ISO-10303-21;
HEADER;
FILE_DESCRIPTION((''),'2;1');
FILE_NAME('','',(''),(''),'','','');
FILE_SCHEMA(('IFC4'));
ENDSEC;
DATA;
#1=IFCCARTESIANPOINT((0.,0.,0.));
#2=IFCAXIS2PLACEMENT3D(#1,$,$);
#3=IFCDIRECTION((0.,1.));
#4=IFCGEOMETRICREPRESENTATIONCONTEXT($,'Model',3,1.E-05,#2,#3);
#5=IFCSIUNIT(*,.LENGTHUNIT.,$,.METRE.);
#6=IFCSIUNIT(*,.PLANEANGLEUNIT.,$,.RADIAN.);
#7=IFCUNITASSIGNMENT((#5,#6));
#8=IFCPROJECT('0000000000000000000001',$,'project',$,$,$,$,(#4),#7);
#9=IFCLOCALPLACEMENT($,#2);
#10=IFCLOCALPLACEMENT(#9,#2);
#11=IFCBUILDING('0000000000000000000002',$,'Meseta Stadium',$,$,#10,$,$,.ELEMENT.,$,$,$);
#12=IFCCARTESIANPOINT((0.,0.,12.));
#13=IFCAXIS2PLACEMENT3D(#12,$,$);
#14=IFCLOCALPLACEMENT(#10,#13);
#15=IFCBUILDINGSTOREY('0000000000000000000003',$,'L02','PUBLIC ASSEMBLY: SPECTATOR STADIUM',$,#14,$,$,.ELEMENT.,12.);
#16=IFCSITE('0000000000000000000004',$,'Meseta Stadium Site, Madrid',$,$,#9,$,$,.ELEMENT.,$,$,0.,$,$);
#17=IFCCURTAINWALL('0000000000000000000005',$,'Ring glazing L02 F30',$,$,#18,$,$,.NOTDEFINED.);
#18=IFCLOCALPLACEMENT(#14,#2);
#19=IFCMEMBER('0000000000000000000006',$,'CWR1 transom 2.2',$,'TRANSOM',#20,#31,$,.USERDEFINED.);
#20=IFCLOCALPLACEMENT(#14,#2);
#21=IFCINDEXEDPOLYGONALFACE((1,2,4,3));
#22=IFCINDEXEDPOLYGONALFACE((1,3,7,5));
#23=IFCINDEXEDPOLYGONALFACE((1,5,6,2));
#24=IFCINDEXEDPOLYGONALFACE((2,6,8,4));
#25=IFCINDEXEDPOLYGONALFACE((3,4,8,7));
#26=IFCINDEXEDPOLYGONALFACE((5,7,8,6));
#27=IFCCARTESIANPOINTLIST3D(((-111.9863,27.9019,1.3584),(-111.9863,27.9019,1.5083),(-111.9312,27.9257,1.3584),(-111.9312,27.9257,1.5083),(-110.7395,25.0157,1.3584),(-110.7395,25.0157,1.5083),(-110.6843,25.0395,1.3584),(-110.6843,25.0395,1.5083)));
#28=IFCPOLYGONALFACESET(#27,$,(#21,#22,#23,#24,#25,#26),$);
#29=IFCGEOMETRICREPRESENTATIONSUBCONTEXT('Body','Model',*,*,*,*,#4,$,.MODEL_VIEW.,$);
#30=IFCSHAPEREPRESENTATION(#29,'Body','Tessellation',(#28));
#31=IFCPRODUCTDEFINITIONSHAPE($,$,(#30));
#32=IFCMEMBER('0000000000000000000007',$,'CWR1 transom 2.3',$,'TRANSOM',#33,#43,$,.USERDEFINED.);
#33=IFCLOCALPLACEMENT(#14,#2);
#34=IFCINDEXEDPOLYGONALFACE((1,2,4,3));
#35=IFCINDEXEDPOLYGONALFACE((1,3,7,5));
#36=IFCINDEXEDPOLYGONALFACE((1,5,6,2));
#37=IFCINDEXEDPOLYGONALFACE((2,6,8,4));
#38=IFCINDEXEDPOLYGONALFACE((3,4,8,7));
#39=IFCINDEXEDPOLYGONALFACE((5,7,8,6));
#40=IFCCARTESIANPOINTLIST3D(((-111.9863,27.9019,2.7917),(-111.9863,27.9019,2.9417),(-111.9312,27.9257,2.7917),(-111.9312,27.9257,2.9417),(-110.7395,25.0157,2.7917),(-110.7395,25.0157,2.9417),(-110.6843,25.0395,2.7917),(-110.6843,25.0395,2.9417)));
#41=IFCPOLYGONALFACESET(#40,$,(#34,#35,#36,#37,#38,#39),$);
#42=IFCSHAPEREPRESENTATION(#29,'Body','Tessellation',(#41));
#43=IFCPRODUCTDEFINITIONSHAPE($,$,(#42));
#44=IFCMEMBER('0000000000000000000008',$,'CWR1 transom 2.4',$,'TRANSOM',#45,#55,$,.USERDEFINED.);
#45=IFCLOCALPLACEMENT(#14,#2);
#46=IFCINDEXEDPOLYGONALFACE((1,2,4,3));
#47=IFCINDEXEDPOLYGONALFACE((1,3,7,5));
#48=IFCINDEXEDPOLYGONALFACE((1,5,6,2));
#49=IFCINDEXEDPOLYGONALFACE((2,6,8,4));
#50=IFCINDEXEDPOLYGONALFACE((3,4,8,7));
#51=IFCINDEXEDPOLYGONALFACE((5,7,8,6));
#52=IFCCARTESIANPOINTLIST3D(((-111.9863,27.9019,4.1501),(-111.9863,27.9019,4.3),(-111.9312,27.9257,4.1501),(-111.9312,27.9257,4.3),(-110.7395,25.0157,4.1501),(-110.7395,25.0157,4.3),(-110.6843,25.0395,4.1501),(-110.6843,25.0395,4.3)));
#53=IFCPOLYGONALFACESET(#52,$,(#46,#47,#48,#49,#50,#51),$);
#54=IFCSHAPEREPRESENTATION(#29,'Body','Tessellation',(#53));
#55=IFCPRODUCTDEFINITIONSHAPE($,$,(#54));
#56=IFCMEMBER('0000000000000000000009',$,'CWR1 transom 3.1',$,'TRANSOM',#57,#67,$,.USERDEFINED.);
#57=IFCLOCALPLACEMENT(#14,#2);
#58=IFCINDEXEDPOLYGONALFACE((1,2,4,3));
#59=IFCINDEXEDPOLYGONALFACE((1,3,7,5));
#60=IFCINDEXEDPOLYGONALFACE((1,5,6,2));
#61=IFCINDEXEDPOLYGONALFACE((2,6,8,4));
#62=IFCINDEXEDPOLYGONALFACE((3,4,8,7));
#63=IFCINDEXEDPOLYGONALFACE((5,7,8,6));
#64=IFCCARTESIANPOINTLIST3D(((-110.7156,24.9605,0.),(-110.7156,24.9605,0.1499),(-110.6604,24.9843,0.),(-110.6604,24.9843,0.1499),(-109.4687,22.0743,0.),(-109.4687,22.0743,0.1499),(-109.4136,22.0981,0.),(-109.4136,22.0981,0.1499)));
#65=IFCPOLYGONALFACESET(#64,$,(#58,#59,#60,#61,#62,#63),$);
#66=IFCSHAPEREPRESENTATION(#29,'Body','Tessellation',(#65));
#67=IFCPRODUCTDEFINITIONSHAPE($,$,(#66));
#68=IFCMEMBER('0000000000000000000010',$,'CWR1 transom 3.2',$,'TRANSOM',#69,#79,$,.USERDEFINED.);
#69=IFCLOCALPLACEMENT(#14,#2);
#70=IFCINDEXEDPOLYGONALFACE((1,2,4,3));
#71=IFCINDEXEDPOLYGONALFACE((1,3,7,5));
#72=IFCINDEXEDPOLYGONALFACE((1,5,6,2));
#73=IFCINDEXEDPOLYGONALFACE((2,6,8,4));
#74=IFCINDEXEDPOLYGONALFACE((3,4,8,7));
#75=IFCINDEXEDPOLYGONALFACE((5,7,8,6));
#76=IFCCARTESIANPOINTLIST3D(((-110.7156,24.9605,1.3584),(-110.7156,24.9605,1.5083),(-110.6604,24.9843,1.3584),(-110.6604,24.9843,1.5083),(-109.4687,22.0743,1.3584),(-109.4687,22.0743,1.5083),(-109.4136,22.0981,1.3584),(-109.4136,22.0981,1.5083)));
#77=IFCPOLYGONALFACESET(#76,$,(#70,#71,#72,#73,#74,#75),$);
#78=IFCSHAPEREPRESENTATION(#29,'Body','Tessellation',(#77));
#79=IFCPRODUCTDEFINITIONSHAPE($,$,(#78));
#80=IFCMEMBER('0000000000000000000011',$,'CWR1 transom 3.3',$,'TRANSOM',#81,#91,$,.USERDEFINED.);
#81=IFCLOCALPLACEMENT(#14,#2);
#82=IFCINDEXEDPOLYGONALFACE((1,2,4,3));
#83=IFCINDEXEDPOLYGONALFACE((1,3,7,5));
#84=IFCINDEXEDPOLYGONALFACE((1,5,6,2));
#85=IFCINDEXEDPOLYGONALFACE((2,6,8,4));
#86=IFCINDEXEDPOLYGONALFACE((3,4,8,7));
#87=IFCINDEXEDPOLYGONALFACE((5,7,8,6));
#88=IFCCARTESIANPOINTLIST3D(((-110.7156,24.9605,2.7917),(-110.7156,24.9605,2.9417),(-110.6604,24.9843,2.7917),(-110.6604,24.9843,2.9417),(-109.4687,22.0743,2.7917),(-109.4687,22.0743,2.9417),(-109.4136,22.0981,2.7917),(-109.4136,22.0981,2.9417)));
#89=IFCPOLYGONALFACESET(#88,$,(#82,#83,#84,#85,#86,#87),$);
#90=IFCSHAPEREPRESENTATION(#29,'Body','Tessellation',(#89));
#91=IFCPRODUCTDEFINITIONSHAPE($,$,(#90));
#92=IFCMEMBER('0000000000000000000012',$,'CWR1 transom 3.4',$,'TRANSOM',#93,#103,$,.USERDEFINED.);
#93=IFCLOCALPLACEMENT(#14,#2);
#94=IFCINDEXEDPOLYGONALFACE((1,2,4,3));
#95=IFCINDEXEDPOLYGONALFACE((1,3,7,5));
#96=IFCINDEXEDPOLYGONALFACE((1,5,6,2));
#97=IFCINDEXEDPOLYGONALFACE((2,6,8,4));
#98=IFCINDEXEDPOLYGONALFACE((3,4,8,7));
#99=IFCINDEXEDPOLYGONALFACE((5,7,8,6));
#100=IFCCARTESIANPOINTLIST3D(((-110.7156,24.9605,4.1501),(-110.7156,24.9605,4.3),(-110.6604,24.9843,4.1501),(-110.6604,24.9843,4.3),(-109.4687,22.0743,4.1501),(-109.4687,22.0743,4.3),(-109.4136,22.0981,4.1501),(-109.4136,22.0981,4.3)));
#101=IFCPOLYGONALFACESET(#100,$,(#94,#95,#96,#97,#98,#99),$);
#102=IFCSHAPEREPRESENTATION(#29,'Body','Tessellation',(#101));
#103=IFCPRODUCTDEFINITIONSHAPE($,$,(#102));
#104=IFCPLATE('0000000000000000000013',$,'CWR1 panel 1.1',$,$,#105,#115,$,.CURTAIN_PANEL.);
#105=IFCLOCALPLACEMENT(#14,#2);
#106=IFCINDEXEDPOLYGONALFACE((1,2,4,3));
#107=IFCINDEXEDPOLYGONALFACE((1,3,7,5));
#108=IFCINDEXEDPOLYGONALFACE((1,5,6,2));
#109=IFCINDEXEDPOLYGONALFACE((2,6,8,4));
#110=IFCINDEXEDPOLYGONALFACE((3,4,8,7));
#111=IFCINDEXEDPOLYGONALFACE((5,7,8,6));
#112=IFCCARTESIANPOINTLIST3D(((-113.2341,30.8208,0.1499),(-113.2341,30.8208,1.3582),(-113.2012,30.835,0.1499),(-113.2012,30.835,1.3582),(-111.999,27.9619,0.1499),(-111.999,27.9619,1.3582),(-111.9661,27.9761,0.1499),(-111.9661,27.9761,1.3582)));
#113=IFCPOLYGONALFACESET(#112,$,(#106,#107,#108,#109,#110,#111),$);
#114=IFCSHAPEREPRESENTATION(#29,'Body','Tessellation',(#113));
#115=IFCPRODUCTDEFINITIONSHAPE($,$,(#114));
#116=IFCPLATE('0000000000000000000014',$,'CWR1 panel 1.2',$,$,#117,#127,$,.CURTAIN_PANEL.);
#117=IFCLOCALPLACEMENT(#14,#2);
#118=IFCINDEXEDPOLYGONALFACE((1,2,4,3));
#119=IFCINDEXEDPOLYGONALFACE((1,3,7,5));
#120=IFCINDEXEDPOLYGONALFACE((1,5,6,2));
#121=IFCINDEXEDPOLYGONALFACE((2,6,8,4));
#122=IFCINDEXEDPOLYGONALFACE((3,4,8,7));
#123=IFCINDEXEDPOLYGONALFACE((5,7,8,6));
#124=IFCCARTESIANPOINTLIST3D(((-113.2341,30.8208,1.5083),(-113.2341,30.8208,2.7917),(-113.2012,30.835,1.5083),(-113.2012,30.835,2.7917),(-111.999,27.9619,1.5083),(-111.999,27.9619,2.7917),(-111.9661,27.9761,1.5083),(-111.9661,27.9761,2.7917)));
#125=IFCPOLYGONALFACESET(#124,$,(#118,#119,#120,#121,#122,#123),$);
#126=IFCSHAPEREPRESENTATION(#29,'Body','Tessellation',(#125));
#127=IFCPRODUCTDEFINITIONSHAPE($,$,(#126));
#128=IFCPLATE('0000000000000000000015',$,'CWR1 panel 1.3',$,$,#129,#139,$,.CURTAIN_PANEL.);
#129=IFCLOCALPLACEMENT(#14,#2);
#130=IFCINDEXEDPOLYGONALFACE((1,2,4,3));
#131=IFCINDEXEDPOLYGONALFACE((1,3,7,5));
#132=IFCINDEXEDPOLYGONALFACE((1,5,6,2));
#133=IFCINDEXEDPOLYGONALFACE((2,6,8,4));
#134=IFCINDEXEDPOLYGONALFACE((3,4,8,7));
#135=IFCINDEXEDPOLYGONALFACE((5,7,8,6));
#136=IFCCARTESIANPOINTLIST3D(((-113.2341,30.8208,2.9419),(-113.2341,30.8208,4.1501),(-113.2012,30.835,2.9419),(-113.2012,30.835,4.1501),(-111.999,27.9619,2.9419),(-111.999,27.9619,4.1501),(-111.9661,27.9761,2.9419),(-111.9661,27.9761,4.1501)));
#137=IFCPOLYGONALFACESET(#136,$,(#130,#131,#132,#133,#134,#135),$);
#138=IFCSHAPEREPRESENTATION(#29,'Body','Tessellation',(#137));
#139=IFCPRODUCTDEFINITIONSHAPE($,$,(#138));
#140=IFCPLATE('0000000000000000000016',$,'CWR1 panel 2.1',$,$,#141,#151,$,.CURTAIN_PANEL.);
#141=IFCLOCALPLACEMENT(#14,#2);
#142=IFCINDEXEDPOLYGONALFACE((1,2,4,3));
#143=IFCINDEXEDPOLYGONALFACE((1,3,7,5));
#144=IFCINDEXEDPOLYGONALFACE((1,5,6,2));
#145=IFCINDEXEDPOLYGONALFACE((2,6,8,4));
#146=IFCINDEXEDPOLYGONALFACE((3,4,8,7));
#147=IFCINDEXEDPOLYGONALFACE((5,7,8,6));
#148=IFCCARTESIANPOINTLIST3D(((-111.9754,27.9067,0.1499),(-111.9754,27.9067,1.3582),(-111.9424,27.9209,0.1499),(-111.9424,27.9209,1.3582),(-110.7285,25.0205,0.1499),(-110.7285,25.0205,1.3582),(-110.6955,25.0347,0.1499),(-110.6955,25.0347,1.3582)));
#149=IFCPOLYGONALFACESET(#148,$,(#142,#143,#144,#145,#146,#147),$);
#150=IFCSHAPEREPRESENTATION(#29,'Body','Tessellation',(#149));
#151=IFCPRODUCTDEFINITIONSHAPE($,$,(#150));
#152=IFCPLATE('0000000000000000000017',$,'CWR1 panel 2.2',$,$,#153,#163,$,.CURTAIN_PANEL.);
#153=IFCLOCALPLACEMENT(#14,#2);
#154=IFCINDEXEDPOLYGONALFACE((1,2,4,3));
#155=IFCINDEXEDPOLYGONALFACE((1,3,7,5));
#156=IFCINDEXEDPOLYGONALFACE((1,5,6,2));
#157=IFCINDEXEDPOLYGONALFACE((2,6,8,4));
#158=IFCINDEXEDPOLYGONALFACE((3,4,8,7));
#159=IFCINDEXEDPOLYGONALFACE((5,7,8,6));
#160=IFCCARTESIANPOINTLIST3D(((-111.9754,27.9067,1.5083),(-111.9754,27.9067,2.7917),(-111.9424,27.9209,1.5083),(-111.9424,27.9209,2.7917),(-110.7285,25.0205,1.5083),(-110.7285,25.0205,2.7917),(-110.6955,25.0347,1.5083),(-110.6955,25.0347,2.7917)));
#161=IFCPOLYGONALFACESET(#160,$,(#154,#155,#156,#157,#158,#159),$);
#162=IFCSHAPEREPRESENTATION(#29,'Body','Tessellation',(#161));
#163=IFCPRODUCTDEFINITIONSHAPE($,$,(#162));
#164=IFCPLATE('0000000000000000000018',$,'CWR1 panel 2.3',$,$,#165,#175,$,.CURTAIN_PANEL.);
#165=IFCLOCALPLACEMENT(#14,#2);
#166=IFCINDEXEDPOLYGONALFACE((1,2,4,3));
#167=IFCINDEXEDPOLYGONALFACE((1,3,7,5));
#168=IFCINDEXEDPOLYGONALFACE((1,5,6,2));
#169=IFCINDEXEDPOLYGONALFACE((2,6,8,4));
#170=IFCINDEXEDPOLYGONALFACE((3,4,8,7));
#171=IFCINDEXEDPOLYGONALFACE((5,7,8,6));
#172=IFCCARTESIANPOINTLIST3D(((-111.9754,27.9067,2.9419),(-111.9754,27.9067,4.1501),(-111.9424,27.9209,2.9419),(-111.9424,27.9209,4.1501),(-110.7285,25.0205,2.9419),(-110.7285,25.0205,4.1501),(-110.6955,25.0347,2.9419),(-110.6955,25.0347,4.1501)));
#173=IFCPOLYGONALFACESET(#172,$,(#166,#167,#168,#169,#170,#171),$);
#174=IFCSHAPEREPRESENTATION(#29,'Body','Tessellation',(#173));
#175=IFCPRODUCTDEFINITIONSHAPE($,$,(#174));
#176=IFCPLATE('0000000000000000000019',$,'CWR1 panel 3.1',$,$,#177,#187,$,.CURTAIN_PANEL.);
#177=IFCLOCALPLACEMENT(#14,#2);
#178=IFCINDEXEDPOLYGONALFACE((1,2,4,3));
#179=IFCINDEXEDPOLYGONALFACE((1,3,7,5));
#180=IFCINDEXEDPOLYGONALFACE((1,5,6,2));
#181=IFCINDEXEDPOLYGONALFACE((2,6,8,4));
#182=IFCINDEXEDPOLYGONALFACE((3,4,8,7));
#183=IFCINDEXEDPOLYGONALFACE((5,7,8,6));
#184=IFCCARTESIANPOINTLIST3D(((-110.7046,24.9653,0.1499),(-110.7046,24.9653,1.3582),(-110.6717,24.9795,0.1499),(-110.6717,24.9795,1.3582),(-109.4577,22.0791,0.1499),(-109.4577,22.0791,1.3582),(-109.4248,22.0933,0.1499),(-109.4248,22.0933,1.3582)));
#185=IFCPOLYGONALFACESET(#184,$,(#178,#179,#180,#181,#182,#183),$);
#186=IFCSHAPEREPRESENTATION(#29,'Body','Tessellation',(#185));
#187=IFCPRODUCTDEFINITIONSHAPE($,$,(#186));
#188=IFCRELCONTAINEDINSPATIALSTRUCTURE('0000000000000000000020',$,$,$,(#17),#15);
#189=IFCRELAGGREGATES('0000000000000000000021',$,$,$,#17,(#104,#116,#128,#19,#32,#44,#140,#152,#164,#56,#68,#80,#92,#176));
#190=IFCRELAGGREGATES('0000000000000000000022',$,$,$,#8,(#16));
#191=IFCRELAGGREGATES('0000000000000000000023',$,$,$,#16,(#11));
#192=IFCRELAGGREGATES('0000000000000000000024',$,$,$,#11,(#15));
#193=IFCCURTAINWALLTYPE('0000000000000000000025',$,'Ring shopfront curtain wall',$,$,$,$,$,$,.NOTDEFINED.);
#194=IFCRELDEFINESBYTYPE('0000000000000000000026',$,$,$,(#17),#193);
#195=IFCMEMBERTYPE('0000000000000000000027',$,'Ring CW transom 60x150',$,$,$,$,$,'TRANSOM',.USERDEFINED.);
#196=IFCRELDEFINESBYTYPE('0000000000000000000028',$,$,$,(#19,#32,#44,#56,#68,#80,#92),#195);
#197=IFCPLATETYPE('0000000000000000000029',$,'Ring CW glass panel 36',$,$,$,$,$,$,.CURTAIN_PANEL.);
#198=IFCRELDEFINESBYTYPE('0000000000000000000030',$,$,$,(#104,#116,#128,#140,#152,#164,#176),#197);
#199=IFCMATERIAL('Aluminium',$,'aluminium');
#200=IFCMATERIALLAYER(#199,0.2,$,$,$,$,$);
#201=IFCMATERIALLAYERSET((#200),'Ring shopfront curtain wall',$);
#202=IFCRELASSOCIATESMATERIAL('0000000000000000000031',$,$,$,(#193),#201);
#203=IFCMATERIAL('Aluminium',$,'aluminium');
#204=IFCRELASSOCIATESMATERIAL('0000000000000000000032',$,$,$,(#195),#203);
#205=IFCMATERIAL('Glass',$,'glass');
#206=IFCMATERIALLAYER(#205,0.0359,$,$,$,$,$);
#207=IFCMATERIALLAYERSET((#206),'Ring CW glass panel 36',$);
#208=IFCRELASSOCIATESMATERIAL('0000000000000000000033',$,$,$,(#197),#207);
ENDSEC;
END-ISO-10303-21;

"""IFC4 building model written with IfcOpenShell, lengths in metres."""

from ifc_helpers import new_model, si_unit, direction, frame, origin, origin_2d, place, context, subcontext, project, spatial, rectangle, extrude, material, layer, layer_set, material_profile, profile_set, type_object, element, aggregate, save


model = new_model("IFC4")

# Units and contexts
model_context = context("Model", 3, precision=1e-05, world=origin(), true_north=direction((0.0, 1.0)))
body_context = subcontext(model_context, "Body", "Model", "MODEL_VIEW")
ifc_project = project(units=[si_unit("LENGTHUNIT", "METRE"), si_unit("PLANEANGLEUNIT", "RADIAN")], contexts=[model_context])

# Site, building, storey
site_placement = place(None, origin())
site = spatial("IfcSite", under=ifc_project, at=site_placement, Name="Meseta Stadium Site, Madrid", CompositionType="ELEMENT", RefElevation=0.0)
building_placement = place(site_placement, origin())
building = spatial("IfcBuilding", under=site, at=building_placement, Name="Meseta Stadium", CompositionType="ELEMENT")
storey_placement = place(building_placement, frame((0.0, 0.0, 12.0)))
storey = spatial("IfcBuildingStorey", under=building, at=storey_placement, Name="L02", Description="PUBLIC ASSEMBLY: SPECTATOR STADIUM", CompositionType="ELEMENT", Elevation=12.0)

# Shared definitions
ifc_material_1 = material(Name="Aluminium", Category="aluminium")
ifc_layer_1 = layer(ifc_material_1, 0.2)
ifc_layer_set_1 = layer_set([ifc_layer_1], Name="Ring shopfront curtain wall")
curtain_wall_type = type_object("IfcCurtainWallType", Name="Ring shopfront curtain wall", PredefinedType="NOTDEFINED", material=ifc_layer_set_1)

# Curtain wall, members, plates
curtain_wall_1_placement = place(storey_placement, origin())
curtain_wall_1 = element("IfcCurtainWall", 1, at=curtain_wall_1_placement, inside=storey, type_object=curtain_wall_type, Name="Ring glazing L02 F30", PredefinedType="NOTDEFINED")
ifc_material_2 = material(Name="Aluminium", Category="aluminium")
ifc_material_profile_1 = material_profile(ifc_material_2, rectangle(XDim=0.0601, YDim=0.1499, at=origin_2d()), Name="CW 60x150")
ifc_profile_set_1 = profile_set([ifc_material_profile_1], Name="Aluminium")
member_type_1 = type_object("IfcMemberType", Name="Ring CW transom 60x150", ElementType="TRANSOM", PredefinedType="USERDEFINED", material=ifc_profile_set_1)
member_1_placement = place(storey_placement, frame((-111.9587, 27.9138, 1.4333), z_axis=(0.39657, -0.918005, 0.0), x_axis=(0.918005, 0.39657, 0.0)))
member_1 = element("IfcMember", 2, at=member_1_placement, type_object=member_type_1, Name="CWR1 transom 2.2", ObjectType="TRANSOM", PredefinedType="USERDEFINED", context=body_context, shape_type="SweptSolid", body=[
    extrude(rectangle(XDim=0.0601, YDim=0.1499, at=origin_2d()), origin(), (0.0, 0.0, 1.0), 3.144),
])
member_2_placement = place(storey_placement, frame((-111.9587, 27.9138, 2.8667), z_axis=(0.39657, -0.918005, 0.0), x_axis=(0.918005, 0.39657, 0.0)))
member_2 = element("IfcMember", 3, at=member_2_placement, type_object=member_type_1, Name="CWR1 transom 2.3", ObjectType="TRANSOM", PredefinedType="USERDEFINED", context=body_context, shape_type="SweptSolid", body=[
    extrude(rectangle(XDim=0.0601, YDim=0.1499, at=origin_2d()), origin(), (0.0, 0.0, 1.0), 3.144),
])
member_3_placement = place(storey_placement, frame((-111.9587, 27.9138, 4.2251), z_axis=(0.39657, -0.918005, 0.0), x_axis=(0.918005, 0.39657, 0.0)))
member_3 = element("IfcMember", 4, at=member_3_placement, type_object=member_type_1, Name="CWR1 transom 2.4", ObjectType="TRANSOM", PredefinedType="USERDEFINED", context=body_context, shape_type="SweptSolid", body=[
    extrude(rectangle(XDim=0.0601, YDim=0.1499, at=origin_2d()), origin(), (0.0, 0.0, 1.0), 3.144),
])
member_4_placement = place(storey_placement, frame((-110.688, 24.9724, 0.075), z_axis=(0.39657, -0.918005, 0.0), x_axis=(0.918005, 0.39657, 0.0)))
member_4 = element("IfcMember", 5, at=member_4_placement, type_object=member_type_1, Name="CWR1 transom 3.1", ObjectType="TRANSOM", PredefinedType="USERDEFINED", context=body_context, shape_type="SweptSolid", body=[
    extrude(rectangle(XDim=0.0601, YDim=0.1499, at=origin_2d()), origin(), (0.0, 0.0, 1.0), 3.144),
])
member_5_placement = place(storey_placement, frame((-110.688, 24.9724, 1.4333), z_axis=(0.39657, -0.918005, 0.0), x_axis=(0.918005, 0.39657, 0.0)))
member_5 = element("IfcMember", 6, at=member_5_placement, type_object=member_type_1, Name="CWR1 transom 3.2", ObjectType="TRANSOM", PredefinedType="USERDEFINED", context=body_context, shape_type="SweptSolid", body=[
    extrude(rectangle(XDim=0.0601, YDim=0.1499, at=origin_2d()), origin(), (0.0, 0.0, 1.0), 3.144),
])
member_6_placement = place(storey_placement, frame((-110.688, 24.9724, 2.8667), z_axis=(0.39657, -0.918005, 0.0), x_axis=(0.918005, 0.39657, 0.0)))
member_6 = element("IfcMember", 7, at=member_6_placement, type_object=member_type_1, Name="CWR1 transom 3.3", ObjectType="TRANSOM", PredefinedType="USERDEFINED", context=body_context, shape_type="SweptSolid", body=[
    extrude(rectangle(XDim=0.0601, YDim=0.1499, at=origin_2d()), origin(), (0.0, 0.0, 1.0), 3.144),
])
member_7_placement = place(storey_placement, frame((-110.688, 24.9724, 4.2251), z_axis=(0.39657, -0.918005, 0.0), x_axis=(0.918005, 0.39657, 0.0)))
member_7 = element("IfcMember", 8, at=member_7_placement, type_object=member_type_1, Name="CWR1 transom 3.4", ObjectType="TRANSOM", PredefinedType="USERDEFINED", context=body_context, shape_type="SweptSolid", body=[
    extrude(rectangle(XDim=0.0601, YDim=0.1499, at=origin_2d()), origin(), (0.0, 0.0, 1.0), 3.144),
])
ifc_material_3 = material(Name="Glass", Category="glass")
ifc_layer_2 = layer(ifc_material_3, 0.0359)
ifc_layer_set_2 = layer_set([ifc_layer_2], Name="Ring CW glass panel 36")
plate_type_1 = type_object("IfcPlateType", Name="Ring CW glass panel 36", PredefinedType="CURTAIN_PANEL", material=ifc_layer_set_2)
plate_1_placement = place(storey_placement, frame((-112.6001, 29.3984, 0.1499), z_axis=(0.0, 0.0, 1.0), x_axis=(0.396581, -0.918, 0.0)))
plate_1 = element("IfcPlate", 9, at=plate_1_placement, type_object=plate_type_1, Name="CWR1 panel 1.1", PredefinedType="CURTAIN_PANEL", context=body_context, shape_type="SweptSolid", body=[
    extrude(rectangle(XDim=3.1143, YDim=0.0359, at=origin_2d()), origin(), (0.0, 0.0, 1.0), 1.2083),
])
plate_2_placement = place(storey_placement, frame((-112.6001, 29.3984, 1.5083), z_axis=(0.0, 0.0, 1.0), x_axis=(0.396581, -0.918, 0.0)))
plate_2 = element("IfcPlate", 10, at=plate_2_placement, type_object=plate_type_1, Name="CWR1 panel 1.2", PredefinedType="CURTAIN_PANEL", context=body_context, shape_type="SweptSolid", body=[
    extrude(rectangle(XDim=3.1143, YDim=0.0359, at=origin_2d()), origin(), (0.0, 0.0, 1.0), 1.2834),
])
plate_3_placement = place(storey_placement, frame((-112.6001, 29.3984, 2.9419), z_axis=(0.0, 0.0, 1.0), x_axis=(0.396581, -0.918, 0.0)))
plate_3 = element("IfcPlate", 11, at=plate_3_placement, type_object=plate_type_1, Name="CWR1 panel 1.3", PredefinedType="CURTAIN_PANEL", context=body_context, shape_type="SweptSolid", body=[
    extrude(rectangle(XDim=3.1143, YDim=0.0359, at=origin_2d()), origin(), (0.0, 0.0, 1.0), 1.2083),
])
plate_4_placement = place(storey_placement, frame((-111.3354, 26.4707, 0.1499), z_axis=(0.0, 0.0, 1.0), x_axis=(0.396581, -0.918, 0.0)))
plate_4 = element("IfcPlate", 12, at=plate_4_placement, type_object=plate_type_1, Name="CWR1 panel 2.1", PredefinedType="CURTAIN_PANEL", context=body_context, shape_type="SweptSolid", body=[
    extrude(rectangle(XDim=3.144, YDim=0.0359, at=origin_2d()), origin(), (0.0, 0.0, 1.0), 1.2083),
])
plate_5_placement = place(storey_placement, frame((-111.3354, 26.4707, 1.5083), z_axis=(0.0, 0.0, 1.0), x_axis=(0.396581, -0.918, 0.0)))
plate_5 = element("IfcPlate", 13, at=plate_5_placement, type_object=plate_type_1, Name="CWR1 panel 2.2", PredefinedType="CURTAIN_PANEL", context=body_context, shape_type="SweptSolid", body=[
    extrude(rectangle(XDim=3.144, YDim=0.0359, at=origin_2d()), origin(), (0.0, 0.0, 1.0), 1.2834),
])
plate_6_placement = place(storey_placement, frame((-111.3354, 26.4707, 2.9419), z_axis=(0.0, 0.0, 1.0), x_axis=(0.396581, -0.918, 0.0)))
plate_6 = element("IfcPlate", 14, at=plate_6_placement, type_object=plate_type_1, Name="CWR1 panel 2.3", PredefinedType="CURTAIN_PANEL", context=body_context, shape_type="SweptSolid", body=[
    extrude(rectangle(XDim=3.144, YDim=0.0359, at=origin_2d()), origin(), (0.0, 0.0, 1.0), 1.2083),
])
plate_7_placement = place(storey_placement, frame((-110.0647, 23.5293, 0.1499), z_axis=(0.0, 0.0, 1.0), x_axis=(0.396581, -0.918, 0.0)))
plate_7 = element("IfcPlate", 15, at=plate_7_placement, type_object=plate_type_1, Name="CWR1 panel 3.1", PredefinedType="CURTAIN_PANEL", context=body_context, shape_type="SweptSolid", body=[
    extrude(rectangle(XDim=3.144, YDim=0.0359, at=origin_2d()), origin(), (0.0, 0.0, 1.0), 1.2083),
])
aggregate(curtain_wall_1, [plate_1, plate_2, plate_3, member_1, member_2, member_3, plate_4, plate_5, plate_6, member_4, member_5, member_6, member_7, plate_7])

save(model, "model.ifc")
